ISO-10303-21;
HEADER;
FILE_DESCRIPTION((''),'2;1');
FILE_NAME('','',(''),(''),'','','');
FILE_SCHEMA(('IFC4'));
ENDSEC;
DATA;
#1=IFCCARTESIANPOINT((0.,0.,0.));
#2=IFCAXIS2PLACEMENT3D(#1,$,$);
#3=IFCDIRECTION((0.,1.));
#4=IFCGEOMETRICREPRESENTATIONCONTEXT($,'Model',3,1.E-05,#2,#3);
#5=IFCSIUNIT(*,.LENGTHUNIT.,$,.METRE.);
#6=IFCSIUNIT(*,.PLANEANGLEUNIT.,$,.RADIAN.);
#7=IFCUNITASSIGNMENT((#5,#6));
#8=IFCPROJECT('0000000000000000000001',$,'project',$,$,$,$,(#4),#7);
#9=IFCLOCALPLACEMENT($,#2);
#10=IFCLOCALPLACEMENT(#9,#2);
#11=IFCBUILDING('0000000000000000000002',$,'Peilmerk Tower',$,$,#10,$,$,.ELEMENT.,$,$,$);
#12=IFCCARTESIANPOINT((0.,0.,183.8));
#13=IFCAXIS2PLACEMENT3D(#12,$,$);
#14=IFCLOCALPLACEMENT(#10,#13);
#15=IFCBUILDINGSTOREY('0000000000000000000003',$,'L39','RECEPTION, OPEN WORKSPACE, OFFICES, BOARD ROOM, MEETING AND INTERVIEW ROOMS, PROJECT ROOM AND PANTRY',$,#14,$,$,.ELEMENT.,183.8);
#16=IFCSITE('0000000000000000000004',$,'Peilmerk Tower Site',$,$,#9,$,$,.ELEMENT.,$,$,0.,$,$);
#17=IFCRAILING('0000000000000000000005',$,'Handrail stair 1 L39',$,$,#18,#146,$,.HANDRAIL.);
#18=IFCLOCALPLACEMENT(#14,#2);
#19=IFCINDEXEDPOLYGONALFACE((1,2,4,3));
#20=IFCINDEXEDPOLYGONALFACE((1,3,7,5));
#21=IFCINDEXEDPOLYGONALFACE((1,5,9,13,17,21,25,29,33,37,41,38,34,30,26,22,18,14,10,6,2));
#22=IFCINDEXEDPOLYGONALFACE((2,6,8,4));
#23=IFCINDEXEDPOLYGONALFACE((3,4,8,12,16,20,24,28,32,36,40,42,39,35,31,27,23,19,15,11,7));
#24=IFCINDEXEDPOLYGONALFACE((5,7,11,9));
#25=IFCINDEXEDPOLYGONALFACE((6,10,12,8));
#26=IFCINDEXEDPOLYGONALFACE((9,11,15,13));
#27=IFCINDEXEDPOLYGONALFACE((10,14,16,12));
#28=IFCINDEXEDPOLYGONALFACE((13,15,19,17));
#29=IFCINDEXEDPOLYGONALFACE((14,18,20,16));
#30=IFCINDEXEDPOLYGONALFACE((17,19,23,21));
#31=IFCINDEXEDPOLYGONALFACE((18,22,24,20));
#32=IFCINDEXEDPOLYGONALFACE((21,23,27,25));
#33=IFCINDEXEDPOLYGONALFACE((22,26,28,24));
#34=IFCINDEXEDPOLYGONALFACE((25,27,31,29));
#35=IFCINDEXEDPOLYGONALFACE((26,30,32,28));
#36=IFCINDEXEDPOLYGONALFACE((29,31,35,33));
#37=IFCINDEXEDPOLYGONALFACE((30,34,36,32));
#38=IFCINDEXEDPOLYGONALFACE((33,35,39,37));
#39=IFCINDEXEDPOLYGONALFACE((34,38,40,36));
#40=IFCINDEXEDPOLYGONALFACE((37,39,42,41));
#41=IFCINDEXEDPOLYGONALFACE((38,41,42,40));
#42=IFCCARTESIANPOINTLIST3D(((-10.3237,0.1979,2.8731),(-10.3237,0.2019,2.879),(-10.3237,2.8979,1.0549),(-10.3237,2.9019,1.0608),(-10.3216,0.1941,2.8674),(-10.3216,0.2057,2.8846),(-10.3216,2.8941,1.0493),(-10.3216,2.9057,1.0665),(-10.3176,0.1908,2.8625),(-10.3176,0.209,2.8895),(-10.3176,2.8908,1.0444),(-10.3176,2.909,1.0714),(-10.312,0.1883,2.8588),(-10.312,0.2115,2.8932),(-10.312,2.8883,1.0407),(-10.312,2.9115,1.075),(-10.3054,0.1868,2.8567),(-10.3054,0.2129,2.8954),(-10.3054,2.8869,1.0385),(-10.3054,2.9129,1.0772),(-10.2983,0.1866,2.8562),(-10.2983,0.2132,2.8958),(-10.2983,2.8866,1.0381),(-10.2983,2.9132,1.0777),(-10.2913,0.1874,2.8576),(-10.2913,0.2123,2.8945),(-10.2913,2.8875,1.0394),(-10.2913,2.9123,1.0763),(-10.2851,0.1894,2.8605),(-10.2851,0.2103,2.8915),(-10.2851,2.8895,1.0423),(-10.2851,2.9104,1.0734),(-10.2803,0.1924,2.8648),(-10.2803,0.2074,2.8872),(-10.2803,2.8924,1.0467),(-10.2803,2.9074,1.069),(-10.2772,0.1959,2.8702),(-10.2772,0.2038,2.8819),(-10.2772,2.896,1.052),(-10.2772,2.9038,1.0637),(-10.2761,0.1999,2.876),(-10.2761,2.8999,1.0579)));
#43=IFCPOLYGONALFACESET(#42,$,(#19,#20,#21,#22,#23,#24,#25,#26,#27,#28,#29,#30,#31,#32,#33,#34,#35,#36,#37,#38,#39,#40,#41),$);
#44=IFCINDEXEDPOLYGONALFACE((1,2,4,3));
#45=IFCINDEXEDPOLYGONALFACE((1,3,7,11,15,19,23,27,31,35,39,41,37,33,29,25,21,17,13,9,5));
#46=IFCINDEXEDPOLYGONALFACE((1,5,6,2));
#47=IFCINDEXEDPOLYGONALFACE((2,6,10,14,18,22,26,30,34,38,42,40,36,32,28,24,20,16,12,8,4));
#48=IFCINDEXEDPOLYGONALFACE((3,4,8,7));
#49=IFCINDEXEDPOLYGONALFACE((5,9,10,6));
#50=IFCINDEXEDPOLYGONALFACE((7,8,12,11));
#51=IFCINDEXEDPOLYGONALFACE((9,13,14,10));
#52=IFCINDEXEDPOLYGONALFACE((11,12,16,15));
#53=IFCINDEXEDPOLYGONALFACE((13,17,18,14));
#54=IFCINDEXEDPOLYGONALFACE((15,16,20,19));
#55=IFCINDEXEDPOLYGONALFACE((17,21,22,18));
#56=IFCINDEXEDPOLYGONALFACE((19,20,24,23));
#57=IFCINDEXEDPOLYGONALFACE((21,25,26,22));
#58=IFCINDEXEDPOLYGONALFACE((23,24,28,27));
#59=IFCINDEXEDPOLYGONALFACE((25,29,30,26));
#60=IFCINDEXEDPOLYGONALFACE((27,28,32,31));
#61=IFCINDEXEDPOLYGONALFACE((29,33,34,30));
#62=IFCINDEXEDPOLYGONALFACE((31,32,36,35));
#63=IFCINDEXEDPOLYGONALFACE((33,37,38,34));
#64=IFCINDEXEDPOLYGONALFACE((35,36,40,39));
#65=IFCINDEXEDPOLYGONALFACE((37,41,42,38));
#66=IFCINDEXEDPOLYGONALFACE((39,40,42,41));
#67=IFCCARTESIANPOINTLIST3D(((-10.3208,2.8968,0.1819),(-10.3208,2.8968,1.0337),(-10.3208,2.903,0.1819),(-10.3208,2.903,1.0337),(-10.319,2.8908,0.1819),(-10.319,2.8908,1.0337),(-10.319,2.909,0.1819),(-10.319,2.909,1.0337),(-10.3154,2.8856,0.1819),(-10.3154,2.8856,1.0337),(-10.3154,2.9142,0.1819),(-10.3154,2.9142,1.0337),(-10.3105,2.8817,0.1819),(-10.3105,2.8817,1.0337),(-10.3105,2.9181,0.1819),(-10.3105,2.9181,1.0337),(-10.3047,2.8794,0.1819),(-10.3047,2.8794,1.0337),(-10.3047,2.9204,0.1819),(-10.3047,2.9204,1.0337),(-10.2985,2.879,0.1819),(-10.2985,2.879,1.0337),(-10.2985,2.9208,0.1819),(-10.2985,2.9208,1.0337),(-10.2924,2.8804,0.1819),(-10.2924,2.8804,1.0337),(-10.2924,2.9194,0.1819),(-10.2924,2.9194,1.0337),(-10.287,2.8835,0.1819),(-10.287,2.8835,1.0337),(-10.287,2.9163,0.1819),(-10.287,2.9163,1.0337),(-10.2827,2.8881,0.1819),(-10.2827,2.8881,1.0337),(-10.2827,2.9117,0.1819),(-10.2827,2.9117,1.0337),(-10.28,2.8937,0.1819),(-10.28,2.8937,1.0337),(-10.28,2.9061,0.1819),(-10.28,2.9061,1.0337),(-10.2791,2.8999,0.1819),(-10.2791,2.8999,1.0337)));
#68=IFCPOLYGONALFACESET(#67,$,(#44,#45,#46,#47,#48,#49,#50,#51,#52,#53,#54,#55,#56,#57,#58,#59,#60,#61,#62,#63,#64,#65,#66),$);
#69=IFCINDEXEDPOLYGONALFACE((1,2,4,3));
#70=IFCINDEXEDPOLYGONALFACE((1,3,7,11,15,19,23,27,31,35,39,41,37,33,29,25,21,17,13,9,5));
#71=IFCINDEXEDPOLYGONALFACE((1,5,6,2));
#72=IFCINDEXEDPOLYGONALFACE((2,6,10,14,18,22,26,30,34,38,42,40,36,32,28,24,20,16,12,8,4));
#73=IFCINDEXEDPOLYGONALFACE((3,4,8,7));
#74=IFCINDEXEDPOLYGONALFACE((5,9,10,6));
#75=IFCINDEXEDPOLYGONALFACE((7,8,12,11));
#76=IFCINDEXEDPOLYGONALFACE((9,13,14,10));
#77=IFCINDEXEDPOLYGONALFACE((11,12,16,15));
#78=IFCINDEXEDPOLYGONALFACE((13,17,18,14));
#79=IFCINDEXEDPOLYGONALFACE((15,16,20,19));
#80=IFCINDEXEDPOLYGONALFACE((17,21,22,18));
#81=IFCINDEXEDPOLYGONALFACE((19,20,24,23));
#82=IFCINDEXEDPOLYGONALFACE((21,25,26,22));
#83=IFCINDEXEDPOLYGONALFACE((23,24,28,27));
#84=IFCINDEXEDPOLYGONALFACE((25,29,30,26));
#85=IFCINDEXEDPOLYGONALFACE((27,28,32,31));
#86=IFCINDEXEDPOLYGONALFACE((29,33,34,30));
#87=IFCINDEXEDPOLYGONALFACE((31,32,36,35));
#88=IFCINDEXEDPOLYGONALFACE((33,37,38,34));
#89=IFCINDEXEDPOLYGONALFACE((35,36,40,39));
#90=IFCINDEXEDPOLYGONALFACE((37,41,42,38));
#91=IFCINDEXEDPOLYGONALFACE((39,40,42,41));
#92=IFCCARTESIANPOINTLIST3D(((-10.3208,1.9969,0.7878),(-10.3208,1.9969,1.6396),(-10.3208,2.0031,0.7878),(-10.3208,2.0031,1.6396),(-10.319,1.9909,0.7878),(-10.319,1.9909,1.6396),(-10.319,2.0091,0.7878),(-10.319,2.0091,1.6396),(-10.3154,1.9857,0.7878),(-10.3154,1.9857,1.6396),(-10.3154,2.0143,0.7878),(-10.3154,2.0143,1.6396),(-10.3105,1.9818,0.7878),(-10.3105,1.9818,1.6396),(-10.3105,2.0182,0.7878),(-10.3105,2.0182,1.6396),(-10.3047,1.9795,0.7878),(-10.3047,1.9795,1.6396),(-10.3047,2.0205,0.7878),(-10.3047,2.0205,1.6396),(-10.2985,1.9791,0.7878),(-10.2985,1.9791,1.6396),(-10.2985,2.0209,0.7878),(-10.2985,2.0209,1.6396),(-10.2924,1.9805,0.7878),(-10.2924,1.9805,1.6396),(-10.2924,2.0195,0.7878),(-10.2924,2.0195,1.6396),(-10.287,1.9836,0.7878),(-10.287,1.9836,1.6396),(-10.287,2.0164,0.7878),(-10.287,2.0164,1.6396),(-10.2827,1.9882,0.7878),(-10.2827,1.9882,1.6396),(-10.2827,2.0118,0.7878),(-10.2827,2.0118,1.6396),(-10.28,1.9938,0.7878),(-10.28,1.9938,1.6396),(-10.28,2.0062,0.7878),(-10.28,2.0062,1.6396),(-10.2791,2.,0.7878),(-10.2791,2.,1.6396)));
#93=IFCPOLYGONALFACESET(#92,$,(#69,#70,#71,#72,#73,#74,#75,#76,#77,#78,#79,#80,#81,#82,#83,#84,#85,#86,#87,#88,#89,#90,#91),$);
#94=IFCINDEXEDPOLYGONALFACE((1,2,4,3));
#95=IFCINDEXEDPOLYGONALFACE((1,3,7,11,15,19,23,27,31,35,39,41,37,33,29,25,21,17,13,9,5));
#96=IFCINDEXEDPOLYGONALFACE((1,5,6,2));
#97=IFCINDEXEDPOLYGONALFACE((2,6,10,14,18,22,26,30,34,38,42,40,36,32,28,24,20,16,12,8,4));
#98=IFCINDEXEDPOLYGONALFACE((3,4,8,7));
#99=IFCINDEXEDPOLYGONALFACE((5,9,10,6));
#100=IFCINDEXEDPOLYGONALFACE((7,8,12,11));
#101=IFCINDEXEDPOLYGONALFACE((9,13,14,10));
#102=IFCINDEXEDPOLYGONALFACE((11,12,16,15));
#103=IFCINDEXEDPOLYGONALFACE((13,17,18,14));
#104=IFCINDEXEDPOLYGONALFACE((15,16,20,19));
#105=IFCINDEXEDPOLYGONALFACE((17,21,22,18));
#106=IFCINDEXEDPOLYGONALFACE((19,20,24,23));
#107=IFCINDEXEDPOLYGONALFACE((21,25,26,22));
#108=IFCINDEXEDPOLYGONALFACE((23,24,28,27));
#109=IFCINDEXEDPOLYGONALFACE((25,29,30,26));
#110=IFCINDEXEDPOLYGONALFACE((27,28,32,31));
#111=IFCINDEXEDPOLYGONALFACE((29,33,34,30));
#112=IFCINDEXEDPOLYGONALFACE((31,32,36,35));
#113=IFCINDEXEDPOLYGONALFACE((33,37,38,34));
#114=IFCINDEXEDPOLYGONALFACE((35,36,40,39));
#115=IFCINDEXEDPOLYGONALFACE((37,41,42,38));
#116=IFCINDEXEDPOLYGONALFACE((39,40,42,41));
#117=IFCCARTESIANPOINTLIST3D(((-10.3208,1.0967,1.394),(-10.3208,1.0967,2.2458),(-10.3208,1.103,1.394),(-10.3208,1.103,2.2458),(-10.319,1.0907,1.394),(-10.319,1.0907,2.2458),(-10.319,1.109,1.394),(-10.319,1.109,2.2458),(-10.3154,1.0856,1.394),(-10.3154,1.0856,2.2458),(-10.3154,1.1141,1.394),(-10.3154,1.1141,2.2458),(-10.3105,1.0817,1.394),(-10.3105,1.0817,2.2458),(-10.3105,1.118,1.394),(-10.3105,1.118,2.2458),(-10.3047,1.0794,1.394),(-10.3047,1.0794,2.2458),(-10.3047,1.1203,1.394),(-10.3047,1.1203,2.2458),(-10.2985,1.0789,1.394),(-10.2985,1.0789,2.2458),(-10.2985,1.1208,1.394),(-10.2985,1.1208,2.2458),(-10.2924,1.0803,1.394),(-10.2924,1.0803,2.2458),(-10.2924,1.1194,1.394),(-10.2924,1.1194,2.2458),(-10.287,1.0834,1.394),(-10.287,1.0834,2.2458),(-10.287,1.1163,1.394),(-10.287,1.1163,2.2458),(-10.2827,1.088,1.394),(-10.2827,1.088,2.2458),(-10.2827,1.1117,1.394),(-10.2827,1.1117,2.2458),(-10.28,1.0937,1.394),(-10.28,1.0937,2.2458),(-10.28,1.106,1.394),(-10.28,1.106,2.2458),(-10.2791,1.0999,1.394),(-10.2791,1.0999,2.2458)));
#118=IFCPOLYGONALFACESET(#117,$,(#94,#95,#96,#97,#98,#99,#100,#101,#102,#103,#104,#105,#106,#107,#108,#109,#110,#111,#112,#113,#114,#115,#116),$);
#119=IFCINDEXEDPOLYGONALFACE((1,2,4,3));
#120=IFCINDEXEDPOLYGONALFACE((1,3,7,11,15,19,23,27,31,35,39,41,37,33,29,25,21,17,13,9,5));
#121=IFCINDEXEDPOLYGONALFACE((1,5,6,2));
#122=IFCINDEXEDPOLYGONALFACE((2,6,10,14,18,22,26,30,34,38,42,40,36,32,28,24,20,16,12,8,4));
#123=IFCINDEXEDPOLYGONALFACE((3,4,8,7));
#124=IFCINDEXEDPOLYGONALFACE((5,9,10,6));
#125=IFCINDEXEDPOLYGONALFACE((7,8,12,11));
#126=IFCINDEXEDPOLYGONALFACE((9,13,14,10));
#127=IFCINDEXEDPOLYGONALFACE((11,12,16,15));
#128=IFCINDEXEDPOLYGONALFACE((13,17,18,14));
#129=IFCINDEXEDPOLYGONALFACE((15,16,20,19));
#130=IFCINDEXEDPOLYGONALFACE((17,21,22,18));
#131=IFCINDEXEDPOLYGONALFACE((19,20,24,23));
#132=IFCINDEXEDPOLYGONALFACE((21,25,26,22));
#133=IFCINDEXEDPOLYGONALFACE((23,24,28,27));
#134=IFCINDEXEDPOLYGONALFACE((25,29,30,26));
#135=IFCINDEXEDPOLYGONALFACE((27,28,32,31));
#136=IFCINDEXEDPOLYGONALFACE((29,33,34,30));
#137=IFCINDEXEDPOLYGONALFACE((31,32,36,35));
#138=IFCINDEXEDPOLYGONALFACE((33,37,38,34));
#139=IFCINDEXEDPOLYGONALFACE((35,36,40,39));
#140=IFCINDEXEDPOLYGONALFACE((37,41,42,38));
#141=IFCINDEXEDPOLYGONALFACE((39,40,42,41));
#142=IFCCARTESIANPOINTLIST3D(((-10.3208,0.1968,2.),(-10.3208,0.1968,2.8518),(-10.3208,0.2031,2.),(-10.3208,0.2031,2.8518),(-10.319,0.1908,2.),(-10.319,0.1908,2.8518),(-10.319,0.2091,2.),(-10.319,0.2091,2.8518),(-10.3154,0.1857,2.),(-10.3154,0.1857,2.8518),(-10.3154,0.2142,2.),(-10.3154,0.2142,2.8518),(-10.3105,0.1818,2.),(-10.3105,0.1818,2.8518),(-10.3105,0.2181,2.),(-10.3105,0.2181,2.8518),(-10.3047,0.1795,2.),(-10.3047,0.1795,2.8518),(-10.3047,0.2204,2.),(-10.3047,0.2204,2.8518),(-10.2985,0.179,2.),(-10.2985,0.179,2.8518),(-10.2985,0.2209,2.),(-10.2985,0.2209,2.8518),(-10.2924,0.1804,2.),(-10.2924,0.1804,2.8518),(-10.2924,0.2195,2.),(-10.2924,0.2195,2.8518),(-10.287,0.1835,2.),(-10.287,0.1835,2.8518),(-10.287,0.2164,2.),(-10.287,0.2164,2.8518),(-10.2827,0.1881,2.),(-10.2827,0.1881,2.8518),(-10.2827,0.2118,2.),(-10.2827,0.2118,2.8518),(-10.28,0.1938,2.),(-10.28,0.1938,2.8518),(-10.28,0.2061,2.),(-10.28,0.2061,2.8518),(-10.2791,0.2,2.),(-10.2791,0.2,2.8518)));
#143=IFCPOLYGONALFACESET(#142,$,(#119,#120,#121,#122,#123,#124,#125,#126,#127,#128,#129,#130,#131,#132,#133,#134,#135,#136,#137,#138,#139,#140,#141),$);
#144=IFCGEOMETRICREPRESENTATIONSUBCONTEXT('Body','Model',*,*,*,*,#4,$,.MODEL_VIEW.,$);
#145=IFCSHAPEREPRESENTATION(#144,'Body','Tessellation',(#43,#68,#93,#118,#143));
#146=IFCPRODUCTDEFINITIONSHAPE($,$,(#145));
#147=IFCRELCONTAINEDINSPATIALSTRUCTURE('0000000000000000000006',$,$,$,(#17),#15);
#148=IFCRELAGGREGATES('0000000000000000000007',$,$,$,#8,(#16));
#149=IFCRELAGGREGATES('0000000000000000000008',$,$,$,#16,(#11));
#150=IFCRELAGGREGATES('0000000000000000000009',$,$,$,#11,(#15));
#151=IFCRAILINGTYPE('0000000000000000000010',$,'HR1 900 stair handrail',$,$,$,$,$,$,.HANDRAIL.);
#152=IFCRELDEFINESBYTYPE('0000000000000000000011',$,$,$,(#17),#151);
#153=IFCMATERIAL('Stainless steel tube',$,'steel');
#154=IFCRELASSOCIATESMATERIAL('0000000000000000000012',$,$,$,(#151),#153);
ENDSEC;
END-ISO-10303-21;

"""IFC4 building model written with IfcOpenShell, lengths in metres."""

from ifc_helpers import new_model, si_unit, direction, frame, origin, origin_2d, place, context, subcontext, project, spatial, circle, extrude, material, type_object, element, save


model = new_model("IFC4")

# Units and contexts
model_context = context("Model", 3, precision=1e-05, world=origin(), true_north=direction((0.0, 1.0)))
body_context = subcontext(model_context, "Body", "Model", "MODEL_VIEW")
ifc_project = project(units=[si_unit("LENGTHUNIT", "METRE"), si_unit("PLANEANGLEUNIT", "RADIAN")], contexts=[model_context])

# Site, building, storey
site_placement = place(None, origin())
site = spatial("IfcSite", under=ifc_project, at=site_placement, Name="Peilmerk Tower Site", CompositionType="ELEMENT", RefElevation=0.0)
building_placement = place(site_placement, origin())
building = spatial("IfcBuilding", under=site, at=building_placement, Name="Peilmerk Tower", CompositionType="ELEMENT")
storey_placement = place(building_placement, frame((0.0, 0.0, 183.8)))
storey = spatial("IfcBuildingStorey", under=building, at=storey_placement, Name="L39", Description="RECEPTION, OPEN WORKSPACE, OFFICES, BOARD ROOM, MEETING AND INTERVIEW ROOMS, PROJECT ROOM AND PANTRY", CompositionType="ELEMENT", Elevation=183.8)

# Railing
ifc_material_1 = material(Name="Stainless steel tube", Category="steel")
railing_type_1 = type_object("IfcRailingType", Name="HR1 900 stair handrail", PredefinedType="HANDRAIL", material=ifc_material_1)
railing_1_placement = place(storey_placement, frame((-10.3, 2.8999, 0.1819)))
element("IfcRailing", 1, at=railing_1_placement, inside=storey, type_object=railing_type_1, Name="Handrail stair 1 L39", PredefinedType="HANDRAIL", context=body_context, shape_type="SweptSolid", body=[
    extrude(circle(Radius=0.0239, at=origin_2d()), frame((0.0, 0.0, 0.876), z_axis=(0.0, -0.829468, 0.558554), x_axis=(1.0, 0.0, 0.0)), (0.0, 0.0, 1.0), 3.2551),
    extrude(circle(Radius=0.021, at=origin_2d()), origin(), (0.0, 0.0, 1.0), 0.8518),
    extrude(circle(Radius=0.021, at=origin_2d()), frame((0.0, -0.8999, 0.606)), (0.0, 0.0, 1.0), 0.8518),
    extrude(circle(Radius=0.021, at=origin_2d()), frame((0.0, -1.8, 1.2122)), (0.0, 0.0, 1.0), 0.8518),
    extrude(circle(Radius=0.021, at=origin_2d()), frame((0.0, -2.7, 1.8181)), (0.0, 0.0, 1.0), 0.8518),
])

save(model, "model.ifc")
